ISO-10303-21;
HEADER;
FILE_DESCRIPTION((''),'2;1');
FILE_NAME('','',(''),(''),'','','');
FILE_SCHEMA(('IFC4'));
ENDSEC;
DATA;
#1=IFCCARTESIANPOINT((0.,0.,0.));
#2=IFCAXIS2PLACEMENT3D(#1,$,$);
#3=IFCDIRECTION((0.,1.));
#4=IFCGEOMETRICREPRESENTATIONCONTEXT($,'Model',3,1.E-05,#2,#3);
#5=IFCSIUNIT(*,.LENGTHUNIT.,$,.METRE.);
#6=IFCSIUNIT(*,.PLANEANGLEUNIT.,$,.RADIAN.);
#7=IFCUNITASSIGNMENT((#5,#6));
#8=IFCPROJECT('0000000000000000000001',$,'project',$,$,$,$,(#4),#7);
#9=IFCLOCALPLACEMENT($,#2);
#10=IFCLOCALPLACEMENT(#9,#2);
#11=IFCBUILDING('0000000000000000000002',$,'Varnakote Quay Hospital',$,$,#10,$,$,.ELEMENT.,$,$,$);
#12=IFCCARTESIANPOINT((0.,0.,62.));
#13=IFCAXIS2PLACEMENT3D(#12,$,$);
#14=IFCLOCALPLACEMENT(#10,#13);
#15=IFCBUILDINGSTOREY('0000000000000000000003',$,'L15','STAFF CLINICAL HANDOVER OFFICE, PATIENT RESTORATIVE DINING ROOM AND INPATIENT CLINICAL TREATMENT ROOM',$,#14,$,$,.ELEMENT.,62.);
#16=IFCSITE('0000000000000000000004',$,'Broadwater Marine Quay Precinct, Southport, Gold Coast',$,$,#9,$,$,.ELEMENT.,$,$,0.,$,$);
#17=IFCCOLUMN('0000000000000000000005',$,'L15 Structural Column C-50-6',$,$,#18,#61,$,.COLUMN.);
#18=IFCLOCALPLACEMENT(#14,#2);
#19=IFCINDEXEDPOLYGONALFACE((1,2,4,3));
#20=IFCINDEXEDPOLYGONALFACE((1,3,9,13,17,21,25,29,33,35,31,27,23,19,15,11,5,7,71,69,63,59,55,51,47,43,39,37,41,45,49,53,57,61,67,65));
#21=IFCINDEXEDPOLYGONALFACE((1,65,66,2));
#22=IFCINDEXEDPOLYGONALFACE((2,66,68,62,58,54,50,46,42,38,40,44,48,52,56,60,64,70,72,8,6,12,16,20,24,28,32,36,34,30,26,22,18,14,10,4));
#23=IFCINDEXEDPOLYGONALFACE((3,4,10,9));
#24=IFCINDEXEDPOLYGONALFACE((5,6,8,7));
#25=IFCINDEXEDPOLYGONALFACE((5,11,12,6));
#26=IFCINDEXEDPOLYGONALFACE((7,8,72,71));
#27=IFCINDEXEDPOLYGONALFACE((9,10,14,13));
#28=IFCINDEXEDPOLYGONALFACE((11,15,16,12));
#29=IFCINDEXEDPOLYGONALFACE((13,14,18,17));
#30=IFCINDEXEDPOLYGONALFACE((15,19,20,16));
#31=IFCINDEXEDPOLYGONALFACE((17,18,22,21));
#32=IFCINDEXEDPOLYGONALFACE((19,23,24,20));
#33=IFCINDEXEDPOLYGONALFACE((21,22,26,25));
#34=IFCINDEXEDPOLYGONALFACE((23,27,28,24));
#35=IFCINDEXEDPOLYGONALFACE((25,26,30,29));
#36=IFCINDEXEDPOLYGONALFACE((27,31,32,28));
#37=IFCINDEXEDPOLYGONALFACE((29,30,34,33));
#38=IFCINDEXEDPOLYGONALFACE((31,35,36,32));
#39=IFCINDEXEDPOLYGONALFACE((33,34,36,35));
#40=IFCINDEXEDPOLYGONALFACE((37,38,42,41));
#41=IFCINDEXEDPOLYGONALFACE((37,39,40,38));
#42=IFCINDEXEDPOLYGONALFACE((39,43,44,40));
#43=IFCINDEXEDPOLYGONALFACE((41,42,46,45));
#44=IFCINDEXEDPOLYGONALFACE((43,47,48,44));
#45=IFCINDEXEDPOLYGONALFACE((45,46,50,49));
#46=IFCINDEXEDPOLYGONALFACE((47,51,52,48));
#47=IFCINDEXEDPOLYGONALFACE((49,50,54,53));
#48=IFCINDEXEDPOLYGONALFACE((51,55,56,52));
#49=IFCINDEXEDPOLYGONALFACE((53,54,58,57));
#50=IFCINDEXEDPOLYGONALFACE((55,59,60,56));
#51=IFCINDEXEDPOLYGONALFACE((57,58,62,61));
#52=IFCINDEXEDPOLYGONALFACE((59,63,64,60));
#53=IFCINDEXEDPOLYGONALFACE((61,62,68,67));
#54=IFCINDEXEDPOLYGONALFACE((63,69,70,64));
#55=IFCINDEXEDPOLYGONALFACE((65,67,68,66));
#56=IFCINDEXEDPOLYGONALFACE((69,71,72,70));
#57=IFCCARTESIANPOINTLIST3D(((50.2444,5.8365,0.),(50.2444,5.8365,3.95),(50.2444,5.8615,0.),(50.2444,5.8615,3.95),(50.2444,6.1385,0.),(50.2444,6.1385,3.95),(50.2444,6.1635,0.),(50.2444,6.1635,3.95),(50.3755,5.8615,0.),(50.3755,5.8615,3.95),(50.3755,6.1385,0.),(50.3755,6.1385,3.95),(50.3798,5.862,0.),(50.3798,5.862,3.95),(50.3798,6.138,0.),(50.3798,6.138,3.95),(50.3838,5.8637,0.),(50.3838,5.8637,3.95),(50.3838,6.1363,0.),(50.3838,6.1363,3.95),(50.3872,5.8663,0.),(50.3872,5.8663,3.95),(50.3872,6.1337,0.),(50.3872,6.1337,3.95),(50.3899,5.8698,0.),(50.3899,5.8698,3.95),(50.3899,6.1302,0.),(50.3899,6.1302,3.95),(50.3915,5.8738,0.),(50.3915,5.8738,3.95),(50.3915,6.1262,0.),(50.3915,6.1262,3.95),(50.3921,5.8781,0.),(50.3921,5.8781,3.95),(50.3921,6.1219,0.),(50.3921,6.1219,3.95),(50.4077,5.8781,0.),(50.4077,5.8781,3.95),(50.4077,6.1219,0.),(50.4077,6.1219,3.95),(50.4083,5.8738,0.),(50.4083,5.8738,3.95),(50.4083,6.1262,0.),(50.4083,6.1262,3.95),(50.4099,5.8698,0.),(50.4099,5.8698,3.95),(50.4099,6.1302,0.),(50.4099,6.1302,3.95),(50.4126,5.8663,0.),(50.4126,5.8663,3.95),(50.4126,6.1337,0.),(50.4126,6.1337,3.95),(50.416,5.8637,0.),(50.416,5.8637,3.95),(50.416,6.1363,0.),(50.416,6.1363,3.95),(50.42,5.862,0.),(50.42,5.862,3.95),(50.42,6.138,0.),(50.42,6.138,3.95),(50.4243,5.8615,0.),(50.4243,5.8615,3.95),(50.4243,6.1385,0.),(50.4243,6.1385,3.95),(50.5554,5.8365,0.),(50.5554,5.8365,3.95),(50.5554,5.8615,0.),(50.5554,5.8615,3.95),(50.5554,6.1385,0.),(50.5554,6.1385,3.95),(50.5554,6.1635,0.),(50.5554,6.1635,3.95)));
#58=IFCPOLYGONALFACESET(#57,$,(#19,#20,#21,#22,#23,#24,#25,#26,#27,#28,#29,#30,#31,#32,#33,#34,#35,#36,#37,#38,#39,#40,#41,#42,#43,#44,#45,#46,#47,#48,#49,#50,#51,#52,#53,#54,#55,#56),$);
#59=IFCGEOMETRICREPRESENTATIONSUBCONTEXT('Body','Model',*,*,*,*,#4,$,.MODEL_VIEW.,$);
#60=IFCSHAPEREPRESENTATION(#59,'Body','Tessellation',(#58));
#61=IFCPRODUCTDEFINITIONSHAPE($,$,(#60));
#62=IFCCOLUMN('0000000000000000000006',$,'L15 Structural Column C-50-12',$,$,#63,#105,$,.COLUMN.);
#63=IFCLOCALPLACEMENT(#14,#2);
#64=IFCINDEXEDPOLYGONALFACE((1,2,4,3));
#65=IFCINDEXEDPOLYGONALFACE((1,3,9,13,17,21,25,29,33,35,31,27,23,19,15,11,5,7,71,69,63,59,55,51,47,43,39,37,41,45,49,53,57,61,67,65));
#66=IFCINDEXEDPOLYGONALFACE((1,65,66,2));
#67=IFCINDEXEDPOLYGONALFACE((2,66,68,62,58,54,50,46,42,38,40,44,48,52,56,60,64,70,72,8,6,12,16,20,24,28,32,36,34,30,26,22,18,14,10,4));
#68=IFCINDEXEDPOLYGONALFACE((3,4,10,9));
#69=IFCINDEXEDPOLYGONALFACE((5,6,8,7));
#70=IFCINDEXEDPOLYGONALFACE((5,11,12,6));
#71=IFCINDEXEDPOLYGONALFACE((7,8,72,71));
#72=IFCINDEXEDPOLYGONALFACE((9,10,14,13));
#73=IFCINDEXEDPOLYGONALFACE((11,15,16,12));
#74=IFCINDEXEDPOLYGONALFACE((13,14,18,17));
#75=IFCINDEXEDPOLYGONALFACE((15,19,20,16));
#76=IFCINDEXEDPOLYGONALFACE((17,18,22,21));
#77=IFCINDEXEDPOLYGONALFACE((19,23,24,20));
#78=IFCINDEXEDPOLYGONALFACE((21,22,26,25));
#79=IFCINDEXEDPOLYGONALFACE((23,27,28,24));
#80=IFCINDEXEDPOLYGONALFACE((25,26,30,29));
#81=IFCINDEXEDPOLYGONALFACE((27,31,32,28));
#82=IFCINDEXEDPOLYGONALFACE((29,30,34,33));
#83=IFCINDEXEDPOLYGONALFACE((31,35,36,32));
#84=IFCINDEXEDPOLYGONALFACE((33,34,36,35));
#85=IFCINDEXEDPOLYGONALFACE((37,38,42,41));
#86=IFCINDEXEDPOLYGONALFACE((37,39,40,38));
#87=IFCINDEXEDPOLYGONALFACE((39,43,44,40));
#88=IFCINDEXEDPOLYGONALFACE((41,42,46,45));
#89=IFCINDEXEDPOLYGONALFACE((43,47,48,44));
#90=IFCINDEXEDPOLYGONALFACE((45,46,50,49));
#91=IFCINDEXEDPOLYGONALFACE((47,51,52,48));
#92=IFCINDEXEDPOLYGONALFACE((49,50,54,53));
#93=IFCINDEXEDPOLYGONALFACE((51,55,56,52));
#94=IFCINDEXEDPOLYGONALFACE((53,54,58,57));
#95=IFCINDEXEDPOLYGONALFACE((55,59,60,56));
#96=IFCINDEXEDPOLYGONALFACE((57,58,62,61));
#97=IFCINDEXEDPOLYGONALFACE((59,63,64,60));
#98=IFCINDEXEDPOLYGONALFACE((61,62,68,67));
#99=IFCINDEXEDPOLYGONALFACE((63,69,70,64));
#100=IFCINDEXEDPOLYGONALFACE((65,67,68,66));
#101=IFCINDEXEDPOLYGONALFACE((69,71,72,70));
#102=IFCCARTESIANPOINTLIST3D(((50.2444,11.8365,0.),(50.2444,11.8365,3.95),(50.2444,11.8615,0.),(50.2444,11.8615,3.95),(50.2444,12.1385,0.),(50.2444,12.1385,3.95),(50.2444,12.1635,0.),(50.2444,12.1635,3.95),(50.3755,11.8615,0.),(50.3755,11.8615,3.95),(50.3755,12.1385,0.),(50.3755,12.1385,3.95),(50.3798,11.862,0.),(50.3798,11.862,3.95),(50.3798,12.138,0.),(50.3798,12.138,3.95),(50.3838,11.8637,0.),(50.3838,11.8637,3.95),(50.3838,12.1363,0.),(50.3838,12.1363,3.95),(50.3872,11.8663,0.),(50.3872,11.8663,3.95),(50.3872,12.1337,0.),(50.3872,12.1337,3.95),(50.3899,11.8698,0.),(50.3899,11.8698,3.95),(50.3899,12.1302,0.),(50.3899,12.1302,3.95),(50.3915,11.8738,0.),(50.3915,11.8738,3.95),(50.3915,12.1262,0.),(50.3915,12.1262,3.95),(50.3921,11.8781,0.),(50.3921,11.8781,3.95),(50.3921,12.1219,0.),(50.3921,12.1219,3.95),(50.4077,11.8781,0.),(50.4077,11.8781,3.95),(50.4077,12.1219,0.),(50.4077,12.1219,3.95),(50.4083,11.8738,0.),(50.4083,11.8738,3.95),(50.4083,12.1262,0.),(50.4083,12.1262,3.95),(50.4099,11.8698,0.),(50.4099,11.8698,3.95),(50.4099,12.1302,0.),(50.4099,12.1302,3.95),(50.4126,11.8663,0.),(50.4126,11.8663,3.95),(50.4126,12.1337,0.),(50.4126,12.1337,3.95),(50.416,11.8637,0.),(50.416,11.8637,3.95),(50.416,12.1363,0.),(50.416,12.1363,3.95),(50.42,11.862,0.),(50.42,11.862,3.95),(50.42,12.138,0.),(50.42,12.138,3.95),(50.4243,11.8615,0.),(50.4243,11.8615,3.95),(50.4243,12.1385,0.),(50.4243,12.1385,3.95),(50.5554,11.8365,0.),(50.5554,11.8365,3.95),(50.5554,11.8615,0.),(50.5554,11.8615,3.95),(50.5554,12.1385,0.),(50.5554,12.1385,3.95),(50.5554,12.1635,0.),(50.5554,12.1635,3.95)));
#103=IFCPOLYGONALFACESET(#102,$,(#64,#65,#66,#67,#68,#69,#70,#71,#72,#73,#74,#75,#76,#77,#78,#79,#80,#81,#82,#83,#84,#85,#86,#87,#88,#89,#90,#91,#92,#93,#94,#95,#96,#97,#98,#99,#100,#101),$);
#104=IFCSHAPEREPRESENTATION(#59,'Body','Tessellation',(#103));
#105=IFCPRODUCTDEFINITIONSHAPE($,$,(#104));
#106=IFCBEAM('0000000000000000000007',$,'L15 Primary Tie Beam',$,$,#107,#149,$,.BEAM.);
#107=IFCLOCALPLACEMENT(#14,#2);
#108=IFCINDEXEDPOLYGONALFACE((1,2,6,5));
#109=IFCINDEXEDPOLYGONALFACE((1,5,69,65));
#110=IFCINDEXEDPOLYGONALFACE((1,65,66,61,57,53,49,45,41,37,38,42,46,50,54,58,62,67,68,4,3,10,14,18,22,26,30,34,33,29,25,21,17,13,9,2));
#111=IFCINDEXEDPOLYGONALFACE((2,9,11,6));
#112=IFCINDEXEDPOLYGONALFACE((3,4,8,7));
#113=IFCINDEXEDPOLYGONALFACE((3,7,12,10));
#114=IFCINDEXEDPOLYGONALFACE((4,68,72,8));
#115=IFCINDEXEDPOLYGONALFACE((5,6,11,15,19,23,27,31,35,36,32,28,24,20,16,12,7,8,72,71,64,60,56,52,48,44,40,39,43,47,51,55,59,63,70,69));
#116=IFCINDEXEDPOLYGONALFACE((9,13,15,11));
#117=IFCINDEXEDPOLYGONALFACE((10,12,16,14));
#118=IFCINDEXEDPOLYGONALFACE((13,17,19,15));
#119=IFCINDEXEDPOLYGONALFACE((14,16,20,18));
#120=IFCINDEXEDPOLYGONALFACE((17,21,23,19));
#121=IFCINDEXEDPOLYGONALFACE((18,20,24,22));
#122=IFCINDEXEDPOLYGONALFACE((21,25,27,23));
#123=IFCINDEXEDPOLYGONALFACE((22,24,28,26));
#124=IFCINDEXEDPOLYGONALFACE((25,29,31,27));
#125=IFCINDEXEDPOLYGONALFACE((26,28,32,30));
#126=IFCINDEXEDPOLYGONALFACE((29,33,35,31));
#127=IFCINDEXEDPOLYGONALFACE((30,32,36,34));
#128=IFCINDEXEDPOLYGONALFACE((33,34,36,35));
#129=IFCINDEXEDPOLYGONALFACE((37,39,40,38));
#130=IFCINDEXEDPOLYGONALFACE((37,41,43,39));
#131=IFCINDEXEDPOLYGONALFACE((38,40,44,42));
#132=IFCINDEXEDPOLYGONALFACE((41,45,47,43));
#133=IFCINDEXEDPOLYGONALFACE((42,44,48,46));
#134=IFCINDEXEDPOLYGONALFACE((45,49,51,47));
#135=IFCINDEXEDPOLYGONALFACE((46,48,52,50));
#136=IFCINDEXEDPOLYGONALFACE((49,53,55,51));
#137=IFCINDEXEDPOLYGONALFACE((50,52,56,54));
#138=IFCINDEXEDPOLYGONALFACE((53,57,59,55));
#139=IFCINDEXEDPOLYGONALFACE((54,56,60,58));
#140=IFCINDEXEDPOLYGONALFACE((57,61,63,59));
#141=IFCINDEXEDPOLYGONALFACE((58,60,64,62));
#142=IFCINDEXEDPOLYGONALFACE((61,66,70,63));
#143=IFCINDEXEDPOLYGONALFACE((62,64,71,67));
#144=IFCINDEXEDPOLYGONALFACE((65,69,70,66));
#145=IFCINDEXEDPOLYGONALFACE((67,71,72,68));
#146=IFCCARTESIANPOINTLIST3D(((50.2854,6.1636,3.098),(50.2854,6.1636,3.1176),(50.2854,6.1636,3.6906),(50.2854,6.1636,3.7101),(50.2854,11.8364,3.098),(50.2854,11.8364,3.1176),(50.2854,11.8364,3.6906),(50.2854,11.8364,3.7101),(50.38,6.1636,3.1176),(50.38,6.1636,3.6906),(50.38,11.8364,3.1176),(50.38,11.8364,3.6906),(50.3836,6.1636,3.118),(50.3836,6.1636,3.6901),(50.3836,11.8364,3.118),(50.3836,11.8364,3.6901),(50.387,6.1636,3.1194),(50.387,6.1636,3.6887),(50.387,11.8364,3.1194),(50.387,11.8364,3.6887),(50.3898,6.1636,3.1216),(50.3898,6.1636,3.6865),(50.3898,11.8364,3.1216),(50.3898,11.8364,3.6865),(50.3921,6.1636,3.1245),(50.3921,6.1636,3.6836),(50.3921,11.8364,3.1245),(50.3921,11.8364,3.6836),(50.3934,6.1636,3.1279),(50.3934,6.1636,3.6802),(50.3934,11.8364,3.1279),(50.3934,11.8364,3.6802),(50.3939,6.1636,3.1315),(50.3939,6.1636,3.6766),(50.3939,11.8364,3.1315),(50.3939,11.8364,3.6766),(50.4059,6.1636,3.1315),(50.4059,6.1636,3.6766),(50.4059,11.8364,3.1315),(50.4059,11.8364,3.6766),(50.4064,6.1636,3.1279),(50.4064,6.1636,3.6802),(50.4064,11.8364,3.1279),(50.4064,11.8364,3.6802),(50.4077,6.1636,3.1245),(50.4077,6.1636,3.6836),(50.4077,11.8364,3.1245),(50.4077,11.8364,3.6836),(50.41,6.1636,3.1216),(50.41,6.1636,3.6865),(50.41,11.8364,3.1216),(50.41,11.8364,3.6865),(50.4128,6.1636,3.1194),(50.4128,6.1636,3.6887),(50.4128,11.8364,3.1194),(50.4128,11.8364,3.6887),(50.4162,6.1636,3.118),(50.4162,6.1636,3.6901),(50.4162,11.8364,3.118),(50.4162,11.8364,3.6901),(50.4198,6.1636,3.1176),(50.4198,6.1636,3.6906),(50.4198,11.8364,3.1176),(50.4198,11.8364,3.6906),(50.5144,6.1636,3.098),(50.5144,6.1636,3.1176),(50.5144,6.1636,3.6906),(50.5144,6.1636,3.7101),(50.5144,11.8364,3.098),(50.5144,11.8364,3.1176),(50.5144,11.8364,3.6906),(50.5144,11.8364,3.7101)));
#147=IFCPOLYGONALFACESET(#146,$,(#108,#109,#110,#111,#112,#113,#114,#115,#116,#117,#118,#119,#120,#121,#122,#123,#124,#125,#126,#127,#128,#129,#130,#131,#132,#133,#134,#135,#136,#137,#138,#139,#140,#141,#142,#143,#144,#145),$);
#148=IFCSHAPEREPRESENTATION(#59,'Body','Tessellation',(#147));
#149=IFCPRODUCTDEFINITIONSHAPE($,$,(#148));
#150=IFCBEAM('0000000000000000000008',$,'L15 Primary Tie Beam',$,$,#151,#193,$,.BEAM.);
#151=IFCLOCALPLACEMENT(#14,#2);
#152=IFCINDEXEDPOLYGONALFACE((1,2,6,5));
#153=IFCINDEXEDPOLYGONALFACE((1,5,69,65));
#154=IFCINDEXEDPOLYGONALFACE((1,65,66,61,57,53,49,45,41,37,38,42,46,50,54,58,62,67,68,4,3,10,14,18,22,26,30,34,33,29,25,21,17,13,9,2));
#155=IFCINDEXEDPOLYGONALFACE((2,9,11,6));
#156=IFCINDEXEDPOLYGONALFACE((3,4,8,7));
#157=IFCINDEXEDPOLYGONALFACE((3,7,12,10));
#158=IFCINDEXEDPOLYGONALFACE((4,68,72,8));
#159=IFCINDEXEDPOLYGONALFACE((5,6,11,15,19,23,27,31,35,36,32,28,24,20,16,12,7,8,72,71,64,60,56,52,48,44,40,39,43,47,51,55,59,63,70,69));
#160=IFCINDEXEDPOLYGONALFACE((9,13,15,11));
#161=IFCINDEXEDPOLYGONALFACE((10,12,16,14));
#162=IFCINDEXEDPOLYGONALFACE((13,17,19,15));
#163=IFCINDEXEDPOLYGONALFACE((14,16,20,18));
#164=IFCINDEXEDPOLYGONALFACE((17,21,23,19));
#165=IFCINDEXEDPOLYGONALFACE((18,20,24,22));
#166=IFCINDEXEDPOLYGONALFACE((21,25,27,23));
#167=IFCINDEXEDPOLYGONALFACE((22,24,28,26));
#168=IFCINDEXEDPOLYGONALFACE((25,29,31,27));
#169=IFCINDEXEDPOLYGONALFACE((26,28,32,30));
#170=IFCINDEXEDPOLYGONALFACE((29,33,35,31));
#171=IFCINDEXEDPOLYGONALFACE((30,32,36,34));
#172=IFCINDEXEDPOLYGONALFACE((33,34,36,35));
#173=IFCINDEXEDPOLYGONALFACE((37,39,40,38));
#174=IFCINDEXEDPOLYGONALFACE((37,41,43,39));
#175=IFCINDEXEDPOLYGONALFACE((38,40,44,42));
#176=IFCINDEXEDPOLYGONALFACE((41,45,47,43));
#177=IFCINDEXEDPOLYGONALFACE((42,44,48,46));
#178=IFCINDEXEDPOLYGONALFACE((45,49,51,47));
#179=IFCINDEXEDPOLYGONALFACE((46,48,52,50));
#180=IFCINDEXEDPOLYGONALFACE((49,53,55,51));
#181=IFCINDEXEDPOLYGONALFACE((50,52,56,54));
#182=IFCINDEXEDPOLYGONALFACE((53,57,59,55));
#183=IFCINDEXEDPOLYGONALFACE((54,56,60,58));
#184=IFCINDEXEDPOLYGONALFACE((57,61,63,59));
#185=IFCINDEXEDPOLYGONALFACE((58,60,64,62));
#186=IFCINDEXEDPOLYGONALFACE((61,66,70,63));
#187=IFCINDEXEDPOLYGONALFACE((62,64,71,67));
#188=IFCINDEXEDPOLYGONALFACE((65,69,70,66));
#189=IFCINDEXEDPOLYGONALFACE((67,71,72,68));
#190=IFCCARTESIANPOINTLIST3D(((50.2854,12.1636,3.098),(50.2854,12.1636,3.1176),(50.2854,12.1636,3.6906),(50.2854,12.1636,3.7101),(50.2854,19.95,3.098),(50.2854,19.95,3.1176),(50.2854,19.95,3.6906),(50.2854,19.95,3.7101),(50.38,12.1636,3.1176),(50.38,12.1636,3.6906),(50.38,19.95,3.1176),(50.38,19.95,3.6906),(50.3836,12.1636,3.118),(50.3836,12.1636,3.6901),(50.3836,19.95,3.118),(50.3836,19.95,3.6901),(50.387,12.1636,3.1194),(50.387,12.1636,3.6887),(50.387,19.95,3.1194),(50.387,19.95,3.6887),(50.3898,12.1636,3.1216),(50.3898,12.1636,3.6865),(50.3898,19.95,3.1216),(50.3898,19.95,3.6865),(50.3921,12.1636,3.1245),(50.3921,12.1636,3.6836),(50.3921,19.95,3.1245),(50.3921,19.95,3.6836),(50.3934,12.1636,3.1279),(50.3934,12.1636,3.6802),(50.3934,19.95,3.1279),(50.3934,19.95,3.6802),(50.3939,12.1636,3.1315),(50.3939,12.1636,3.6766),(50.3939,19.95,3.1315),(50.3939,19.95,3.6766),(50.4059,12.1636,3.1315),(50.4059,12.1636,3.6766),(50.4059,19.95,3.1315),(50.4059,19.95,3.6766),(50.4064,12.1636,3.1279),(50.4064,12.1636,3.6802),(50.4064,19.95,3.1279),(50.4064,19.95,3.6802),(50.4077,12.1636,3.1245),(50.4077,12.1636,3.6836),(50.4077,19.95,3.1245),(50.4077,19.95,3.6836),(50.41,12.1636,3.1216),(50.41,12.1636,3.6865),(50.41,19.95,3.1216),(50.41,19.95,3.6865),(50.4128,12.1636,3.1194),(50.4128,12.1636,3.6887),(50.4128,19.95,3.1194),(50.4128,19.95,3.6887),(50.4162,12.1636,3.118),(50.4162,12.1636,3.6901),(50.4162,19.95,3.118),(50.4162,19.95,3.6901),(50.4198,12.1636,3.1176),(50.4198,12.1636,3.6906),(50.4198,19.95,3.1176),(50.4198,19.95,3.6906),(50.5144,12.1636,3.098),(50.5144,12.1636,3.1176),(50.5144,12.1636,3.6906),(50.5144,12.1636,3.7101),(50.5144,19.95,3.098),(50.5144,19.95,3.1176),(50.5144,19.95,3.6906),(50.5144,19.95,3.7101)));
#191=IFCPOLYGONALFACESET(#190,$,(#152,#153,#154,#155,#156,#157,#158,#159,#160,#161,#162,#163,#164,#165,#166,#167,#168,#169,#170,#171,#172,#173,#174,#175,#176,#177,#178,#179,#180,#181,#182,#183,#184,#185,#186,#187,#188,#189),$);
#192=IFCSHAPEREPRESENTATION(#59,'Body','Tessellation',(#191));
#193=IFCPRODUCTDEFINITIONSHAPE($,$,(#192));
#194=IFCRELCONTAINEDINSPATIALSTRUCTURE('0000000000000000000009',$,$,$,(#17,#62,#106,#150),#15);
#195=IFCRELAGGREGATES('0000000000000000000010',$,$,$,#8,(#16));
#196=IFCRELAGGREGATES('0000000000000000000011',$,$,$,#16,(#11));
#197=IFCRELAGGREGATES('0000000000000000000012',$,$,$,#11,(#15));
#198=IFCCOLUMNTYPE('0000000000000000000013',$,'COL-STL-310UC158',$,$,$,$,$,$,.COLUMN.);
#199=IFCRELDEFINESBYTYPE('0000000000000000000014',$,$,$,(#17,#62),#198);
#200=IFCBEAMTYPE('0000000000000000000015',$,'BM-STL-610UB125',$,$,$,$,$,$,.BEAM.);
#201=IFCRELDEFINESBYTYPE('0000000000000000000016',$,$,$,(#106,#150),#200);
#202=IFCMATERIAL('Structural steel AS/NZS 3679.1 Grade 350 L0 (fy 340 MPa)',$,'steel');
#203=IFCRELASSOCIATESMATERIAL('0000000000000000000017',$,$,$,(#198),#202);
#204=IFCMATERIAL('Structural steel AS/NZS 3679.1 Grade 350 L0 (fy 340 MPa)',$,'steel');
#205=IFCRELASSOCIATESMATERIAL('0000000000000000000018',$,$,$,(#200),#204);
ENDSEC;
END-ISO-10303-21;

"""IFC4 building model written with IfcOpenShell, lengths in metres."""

from ifc_helpers import new_model, si_unit, direction, frame, origin, origin_2d, place, context, subcontext, project, spatial, i_section, extrude, material, material_profile, profile_set, type_object, element, save


model = new_model("IFC4")

# Units and contexts
model_context = context("Model", 3, precision=1e-05, world=origin(), true_north=direction((0.0, 1.0)))
body_context = subcontext(model_context, "Body", "Model", "MODEL_VIEW")
ifc_project = project(units=[si_unit("LENGTHUNIT", "METRE"), si_unit("PLANEANGLEUNIT", "RADIAN")], contexts=[model_context])

# Site, building, storey
site_placement = place(None, origin())
site = spatial("IfcSite", under=ifc_project, at=site_placement, Name="Broadwater Marine Quay Precinct, Southport, Gold Coast", CompositionType="ELEMENT", RefElevation=0.0)
building_placement = place(site_placement, origin())
building = spatial("IfcBuilding", under=site, at=building_placement, Name="Varnakote Quay Hospital", CompositionType="ELEMENT")
storey_placement = place(building_placement, frame((0.0, 0.0, 62.0)))
storey = spatial("IfcBuildingStorey", under=building, at=storey_placement, Name="L15", Description="STAFF CLINICAL HANDOVER OFFICE, PATIENT RESTORATIVE DINING ROOM AND INPATIENT CLINICAL TREATMENT ROOM", CompositionType="ELEMENT", Elevation=62.0)

# Columns
ifc_material_1 = material(Name="Structural steel AS/NZS 3679.1 Grade 350 L0 (fy 340 MPa)", Category="steel")
ifc_material_profile_1 = material_profile(ifc_material_1, i_section(OverallWidth=0.311, OverallDepth=0.3269, WebThickness=0.0156, FlangeThickness=0.0249, FilletRadius=0.0166, at=origin_2d()), Name="310UC158")
ifc_profile_set_1 = profile_set([ifc_material_profile_1], Name="Structural steel AS/NZS 3679.1 Grade 350 L0 (fy 340 MPa)")
column_type = type_object("IfcColumnType", Name="COL-STL-310UC158", PredefinedType="COLUMN", material=ifc_profile_set_1)
for number, where, z_axis, x_axis, name in (
    (1, (50.3999, 6.0, 0.0), (0.0, 0.0, 1.0), (1.0, 0.0, 0.0), "L15 Structural Column C-50-6"),
    (2, (50.3999, 12.0, 0.0), (0.0, 0.0, 1.0), (1.0, 0.0, 0.0), "L15 Structural Column C-50-12"),
):
    element("IfcColumn", number, at=place(storey_placement, frame(where, z_axis=z_axis, x_axis=x_axis)), inside=storey, type_object=column_type, Name=name, PredefinedType="COLUMN", context=body_context, shape_type="SweptSolid", body=[
        extrude(i_section(OverallWidth=0.311, OverallDepth=0.3269, WebThickness=0.0156, FlangeThickness=0.0249, FilletRadius=0.0166, at=origin_2d()), origin(), (0.0, 0.0, 1.0), 3.95),
    ])

# Beams
ifc_material_2 = material(Name="Structural steel AS/NZS 3679.1 Grade 350 L0 (fy 340 MPa)", Category="steel")
ifc_material_profile_2 = material_profile(ifc_material_2, i_section(OverallWidth=0.229, OverallDepth=0.6121, WebThickness=0.012, FlangeThickness=0.0195, FilletRadius=0.0139, at=origin_2d()), Name="610UB125")
ifc_profile_set_2 = profile_set([ifc_material_profile_2], Name="Structural steel AS/NZS 3679.1 Grade 350 L0 (fy 340 MPa)")
beam_type = type_object("IfcBeamType", Name="BM-STL-610UB125", PredefinedType="BEAM", material=ifc_profile_set_2)
beam_1_placement = place(storey_placement, frame((50.3999, 6.1636, 3.4041), z_axis=(0.0, 1.0, 0.0), x_axis=(-1.0, 0.0, 0.0)))
element("IfcBeam", 3, at=beam_1_placement, inside=storey, type_object=beam_type, Name="L15 Primary Tie Beam", PredefinedType="BEAM", context=body_context, shape_type="SweptSolid", body=[
    extrude(i_section(OverallWidth=0.229, OverallDepth=0.6121, WebThickness=0.012, FlangeThickness=0.0195, FilletRadius=0.0139, at=origin_2d()), origin(), (0.0, 0.0, 1.0), 5.6729),
])
beam_2_placement = place(storey_placement, frame((50.3999, 12.1636, 3.4041), z_axis=(0.0, 1.0, 0.0), x_axis=(-1.0, 0.0, 0.0)))
element("IfcBeam", 4, at=beam_2_placement, inside=storey, type_object=beam_type, Name="L15 Primary Tie Beam", PredefinedType="BEAM", context=body_context, shape_type="SweptSolid", body=[
    extrude(i_section(OverallWidth=0.229, OverallDepth=0.6121, WebThickness=0.012, FlangeThickness=0.0195, FilletRadius=0.0139, at=origin_2d()), origin(), (0.0, 0.0, 1.0), 7.7864),
])

save(model, "model.ifc")
